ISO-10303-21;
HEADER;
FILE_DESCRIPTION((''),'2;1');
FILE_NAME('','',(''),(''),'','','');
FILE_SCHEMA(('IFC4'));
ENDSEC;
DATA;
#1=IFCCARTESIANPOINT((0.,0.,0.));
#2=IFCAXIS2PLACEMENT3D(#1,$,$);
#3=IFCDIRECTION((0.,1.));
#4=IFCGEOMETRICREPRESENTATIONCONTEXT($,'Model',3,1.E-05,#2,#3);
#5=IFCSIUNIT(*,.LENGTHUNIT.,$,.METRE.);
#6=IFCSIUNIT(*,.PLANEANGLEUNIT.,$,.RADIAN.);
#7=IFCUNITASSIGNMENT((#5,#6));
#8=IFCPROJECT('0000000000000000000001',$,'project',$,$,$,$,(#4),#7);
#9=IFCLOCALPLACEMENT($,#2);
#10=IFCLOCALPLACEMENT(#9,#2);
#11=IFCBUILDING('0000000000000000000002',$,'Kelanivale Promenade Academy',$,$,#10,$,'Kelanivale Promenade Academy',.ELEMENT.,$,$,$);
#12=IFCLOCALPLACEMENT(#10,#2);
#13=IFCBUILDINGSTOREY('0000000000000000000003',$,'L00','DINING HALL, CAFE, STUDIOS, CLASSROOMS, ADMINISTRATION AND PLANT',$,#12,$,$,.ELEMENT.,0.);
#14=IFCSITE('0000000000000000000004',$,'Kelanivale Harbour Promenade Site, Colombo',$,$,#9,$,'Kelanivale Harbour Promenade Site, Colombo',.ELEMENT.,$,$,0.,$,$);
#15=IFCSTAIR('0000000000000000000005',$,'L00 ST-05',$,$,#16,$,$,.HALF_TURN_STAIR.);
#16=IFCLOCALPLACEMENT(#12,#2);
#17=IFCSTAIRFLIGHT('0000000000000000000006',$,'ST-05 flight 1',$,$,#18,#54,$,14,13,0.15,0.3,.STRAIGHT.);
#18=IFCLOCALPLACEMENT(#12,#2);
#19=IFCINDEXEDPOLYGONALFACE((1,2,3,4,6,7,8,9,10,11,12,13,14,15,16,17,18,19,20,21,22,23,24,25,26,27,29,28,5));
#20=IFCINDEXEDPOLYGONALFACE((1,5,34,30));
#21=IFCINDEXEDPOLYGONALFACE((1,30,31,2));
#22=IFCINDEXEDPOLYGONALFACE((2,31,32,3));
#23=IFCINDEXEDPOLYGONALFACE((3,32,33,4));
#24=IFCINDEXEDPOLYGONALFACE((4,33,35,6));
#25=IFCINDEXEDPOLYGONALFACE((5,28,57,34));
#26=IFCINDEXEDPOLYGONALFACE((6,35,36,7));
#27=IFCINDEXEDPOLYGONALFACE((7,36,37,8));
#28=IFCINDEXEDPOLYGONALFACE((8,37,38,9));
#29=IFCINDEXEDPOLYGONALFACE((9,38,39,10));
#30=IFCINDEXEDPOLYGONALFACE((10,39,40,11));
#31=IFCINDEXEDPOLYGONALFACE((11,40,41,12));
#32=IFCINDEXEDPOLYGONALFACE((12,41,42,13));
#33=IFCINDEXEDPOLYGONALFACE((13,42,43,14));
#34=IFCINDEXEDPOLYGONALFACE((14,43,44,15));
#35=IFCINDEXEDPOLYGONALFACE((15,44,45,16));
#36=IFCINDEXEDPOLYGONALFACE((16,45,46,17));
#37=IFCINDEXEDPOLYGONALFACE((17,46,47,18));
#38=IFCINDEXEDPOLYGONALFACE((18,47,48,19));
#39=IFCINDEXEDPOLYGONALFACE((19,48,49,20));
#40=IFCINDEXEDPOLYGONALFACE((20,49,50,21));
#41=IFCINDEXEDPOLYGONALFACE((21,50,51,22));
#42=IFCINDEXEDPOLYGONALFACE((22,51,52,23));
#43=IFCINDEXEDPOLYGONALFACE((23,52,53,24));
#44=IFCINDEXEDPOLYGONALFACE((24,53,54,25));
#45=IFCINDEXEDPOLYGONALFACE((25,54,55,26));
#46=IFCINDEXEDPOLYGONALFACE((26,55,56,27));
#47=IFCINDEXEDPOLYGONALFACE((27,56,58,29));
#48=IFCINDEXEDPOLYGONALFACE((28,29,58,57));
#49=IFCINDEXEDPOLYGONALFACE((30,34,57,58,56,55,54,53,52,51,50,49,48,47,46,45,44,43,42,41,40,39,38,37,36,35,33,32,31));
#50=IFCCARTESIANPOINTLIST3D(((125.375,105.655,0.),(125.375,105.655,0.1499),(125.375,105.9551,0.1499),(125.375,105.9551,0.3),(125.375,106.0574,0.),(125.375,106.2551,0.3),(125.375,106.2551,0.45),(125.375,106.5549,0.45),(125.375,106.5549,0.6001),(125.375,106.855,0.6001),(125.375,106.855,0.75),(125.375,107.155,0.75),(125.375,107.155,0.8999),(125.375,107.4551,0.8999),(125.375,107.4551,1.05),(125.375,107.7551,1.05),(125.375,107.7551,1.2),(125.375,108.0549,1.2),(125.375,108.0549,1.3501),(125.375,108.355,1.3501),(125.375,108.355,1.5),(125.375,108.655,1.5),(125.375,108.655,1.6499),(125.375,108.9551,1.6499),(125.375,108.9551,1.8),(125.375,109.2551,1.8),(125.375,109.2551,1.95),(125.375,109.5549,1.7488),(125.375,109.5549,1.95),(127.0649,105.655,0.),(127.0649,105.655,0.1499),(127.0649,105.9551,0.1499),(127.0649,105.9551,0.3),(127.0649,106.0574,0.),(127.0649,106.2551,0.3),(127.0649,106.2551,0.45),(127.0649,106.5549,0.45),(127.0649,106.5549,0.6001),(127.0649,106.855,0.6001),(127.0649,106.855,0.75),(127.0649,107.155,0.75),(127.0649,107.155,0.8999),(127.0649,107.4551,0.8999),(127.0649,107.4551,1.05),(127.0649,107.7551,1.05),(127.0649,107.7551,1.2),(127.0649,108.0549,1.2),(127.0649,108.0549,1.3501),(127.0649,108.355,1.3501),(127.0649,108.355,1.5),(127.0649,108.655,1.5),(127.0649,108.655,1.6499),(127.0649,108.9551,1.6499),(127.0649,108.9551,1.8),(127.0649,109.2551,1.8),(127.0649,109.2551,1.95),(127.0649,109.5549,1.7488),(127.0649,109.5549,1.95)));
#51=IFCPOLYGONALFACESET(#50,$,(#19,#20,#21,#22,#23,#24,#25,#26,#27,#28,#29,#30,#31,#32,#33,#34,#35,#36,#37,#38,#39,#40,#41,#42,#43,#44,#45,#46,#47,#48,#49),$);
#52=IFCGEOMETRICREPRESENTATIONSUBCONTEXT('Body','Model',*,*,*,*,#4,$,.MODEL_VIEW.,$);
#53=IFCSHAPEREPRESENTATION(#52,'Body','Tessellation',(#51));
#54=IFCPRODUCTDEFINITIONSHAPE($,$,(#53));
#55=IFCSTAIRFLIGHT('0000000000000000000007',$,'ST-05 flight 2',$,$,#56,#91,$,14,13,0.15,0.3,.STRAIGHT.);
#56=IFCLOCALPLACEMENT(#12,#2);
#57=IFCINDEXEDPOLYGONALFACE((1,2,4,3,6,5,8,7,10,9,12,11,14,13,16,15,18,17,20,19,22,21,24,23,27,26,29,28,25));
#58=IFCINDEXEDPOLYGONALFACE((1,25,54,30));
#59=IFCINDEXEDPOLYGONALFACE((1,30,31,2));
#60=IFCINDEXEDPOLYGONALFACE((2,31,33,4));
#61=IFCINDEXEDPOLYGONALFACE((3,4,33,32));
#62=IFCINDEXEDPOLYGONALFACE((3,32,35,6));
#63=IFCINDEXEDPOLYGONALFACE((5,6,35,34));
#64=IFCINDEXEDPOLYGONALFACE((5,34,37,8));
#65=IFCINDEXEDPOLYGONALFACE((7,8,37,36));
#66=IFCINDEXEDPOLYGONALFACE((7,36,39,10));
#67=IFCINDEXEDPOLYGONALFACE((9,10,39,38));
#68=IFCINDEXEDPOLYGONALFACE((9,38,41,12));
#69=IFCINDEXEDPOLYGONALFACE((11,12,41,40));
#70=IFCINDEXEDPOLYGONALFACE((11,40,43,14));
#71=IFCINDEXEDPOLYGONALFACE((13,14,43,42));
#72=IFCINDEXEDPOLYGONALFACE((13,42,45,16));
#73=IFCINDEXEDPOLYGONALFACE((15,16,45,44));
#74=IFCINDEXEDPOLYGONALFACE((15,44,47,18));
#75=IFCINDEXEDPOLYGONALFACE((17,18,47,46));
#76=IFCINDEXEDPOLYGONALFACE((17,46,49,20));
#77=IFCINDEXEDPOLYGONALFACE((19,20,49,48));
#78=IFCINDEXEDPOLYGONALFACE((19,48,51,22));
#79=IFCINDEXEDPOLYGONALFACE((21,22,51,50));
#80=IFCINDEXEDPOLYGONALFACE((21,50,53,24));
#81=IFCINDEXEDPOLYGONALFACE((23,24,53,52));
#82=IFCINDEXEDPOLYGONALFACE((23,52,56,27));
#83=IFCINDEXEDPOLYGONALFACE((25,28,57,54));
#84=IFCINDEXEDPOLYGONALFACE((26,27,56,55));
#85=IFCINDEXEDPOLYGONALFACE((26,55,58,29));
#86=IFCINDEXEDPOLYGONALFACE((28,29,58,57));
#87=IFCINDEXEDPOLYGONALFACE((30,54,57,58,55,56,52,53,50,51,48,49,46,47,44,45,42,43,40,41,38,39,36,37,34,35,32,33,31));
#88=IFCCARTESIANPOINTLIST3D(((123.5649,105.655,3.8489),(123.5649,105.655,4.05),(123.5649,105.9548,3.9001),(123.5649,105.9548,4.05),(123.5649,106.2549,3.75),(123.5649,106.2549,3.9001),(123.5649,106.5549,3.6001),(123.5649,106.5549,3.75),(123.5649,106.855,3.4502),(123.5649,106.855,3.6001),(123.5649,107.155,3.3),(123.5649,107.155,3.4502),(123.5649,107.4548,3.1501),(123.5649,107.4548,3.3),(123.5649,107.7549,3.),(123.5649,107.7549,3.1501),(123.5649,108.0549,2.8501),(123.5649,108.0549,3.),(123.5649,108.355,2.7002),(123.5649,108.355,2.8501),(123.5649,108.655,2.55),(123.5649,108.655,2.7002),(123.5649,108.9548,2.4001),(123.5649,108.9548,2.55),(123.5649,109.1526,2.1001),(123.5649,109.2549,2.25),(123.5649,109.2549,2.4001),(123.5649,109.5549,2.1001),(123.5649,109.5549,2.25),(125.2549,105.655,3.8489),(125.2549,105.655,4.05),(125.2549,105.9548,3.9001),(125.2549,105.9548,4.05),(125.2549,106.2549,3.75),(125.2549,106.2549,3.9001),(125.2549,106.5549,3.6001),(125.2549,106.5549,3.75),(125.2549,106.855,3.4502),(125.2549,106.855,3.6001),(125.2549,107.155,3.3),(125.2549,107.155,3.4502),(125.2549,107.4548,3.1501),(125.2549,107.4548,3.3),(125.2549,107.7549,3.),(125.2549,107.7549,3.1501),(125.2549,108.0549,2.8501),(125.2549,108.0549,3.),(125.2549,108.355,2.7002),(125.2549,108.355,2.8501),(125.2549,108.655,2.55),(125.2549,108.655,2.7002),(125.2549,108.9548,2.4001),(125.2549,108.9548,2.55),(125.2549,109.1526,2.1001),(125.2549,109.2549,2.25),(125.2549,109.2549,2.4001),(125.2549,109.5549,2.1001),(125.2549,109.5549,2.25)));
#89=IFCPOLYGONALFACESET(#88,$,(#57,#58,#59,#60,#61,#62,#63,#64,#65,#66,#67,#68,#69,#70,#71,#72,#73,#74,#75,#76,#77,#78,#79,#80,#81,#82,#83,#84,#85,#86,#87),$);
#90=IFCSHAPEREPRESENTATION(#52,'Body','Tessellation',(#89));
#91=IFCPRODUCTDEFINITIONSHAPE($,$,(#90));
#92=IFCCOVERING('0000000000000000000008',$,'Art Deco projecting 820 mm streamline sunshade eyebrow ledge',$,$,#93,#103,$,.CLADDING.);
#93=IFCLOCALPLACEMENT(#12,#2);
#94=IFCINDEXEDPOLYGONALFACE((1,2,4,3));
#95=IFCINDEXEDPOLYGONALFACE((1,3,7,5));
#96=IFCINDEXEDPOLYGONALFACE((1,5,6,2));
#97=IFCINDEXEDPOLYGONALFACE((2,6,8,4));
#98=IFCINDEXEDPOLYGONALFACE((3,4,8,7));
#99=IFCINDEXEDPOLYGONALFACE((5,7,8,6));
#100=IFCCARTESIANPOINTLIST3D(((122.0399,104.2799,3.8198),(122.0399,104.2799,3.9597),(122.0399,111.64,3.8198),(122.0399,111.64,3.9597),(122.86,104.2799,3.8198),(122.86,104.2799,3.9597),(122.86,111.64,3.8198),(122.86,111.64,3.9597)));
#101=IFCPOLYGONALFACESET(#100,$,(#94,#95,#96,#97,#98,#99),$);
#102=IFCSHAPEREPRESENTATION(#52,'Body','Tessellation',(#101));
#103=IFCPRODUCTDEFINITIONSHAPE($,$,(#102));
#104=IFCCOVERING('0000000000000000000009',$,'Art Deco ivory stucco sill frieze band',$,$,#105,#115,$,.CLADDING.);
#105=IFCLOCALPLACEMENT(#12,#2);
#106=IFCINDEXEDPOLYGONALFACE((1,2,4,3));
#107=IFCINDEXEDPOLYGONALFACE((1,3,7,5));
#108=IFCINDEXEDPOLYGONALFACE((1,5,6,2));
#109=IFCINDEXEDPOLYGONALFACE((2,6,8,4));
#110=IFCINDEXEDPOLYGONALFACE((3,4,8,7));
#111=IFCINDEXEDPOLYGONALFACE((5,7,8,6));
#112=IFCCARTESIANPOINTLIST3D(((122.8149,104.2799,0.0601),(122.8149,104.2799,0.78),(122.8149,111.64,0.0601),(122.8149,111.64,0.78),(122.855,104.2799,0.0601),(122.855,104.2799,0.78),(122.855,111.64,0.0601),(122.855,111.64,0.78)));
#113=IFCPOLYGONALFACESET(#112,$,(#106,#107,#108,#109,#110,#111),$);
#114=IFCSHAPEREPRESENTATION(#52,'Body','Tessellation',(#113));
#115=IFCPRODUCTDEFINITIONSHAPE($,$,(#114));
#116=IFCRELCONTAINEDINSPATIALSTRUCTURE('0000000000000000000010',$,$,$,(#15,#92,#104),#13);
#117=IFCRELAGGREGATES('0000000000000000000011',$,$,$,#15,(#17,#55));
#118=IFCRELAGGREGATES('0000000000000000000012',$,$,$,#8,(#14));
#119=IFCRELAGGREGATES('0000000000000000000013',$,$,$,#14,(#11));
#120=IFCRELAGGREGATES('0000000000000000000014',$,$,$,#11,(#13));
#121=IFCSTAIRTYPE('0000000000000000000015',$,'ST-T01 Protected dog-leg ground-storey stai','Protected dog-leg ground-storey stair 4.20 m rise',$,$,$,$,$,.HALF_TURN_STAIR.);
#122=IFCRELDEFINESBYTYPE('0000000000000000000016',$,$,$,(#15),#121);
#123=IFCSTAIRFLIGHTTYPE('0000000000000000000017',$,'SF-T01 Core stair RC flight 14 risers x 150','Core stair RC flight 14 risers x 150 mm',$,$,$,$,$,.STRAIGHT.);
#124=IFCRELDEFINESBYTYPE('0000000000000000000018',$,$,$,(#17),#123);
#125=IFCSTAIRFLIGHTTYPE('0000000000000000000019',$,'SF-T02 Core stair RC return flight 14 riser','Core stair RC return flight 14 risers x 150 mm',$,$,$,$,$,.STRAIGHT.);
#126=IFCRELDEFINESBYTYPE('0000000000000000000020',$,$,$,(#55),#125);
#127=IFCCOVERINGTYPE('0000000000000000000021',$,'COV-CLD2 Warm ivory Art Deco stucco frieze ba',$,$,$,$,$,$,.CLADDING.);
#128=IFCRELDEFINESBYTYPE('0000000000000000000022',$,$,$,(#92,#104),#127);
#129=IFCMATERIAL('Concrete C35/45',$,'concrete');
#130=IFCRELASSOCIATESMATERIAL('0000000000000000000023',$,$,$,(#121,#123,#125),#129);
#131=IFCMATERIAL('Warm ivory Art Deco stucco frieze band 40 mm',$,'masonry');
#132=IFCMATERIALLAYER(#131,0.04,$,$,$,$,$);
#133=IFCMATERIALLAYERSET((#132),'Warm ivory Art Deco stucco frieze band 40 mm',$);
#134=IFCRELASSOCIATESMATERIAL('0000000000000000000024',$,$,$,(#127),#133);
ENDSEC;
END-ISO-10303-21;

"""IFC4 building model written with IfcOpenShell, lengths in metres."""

from ifc_helpers import new_model, si_unit, direction, frame, origin, origin_2d, place, context, subcontext, project, spatial, polyline, rectangle, outline, extrude, material, layer, layer_set, type_object, element, aggregate, save


model = new_model("IFC4")

# Units and contexts
model_context = context("Model", 3, precision=1e-05, world=origin(), true_north=direction((0.0, 1.0)))
body_context = subcontext(model_context, "Body", "Model", "MODEL_VIEW")
ifc_project = project(units=[si_unit("LENGTHUNIT", "METRE"), si_unit("PLANEANGLEUNIT", "RADIAN")], contexts=[model_context])

# Site, building, storey
site_placement = place(None, origin())
site = spatial("IfcSite", under=ifc_project, at=site_placement, Name="Kelanivale Harbour Promenade Site, Colombo", LongName="Kelanivale Harbour Promenade Site, Colombo", CompositionType="ELEMENT", RefElevation=0.0)
building_placement = place(site_placement, origin())
building = spatial("IfcBuilding", under=site, at=building_placement, Name="Kelanivale Promenade Academy", LongName="Kelanivale Promenade Academy", CompositionType="ELEMENT")
storey_placement = place(building_placement, origin())
storey = spatial("IfcBuildingStorey", under=building, at=storey_placement, Name="L00", Description="DINING HALL, CAFE, STUDIOS, CLASSROOMS, ADMINISTRATION AND PLANT", CompositionType="ELEMENT", Elevation=0.0)

# Shared definitions
ifc_material_1 = material(Name="Concrete C35/45", Category="concrete")

# Stair, stair flights
stair_type = type_object("IfcStairType", Name="ST-T01 Protected dog-leg ground-storey stai", Description="Protected dog-leg ground-storey stair 4.20 m rise", PredefinedType="HALF_TURN_STAIR", material=ifc_material_1)
stair_placement = place(storey_placement, origin())
stair = element("IfcStair", 1, at=stair_placement, inside=storey, type_object=stair_type, Name="L00 ST-05", PredefinedType="HALF_TURN_STAIR")
stair_flight_type_1 = type_object("IfcStairFlightType", Name="SF-T01 Core stair RC flight 14 risers x 150", Description="Core stair RC flight 14 risers x 150 mm", PredefinedType="STRAIGHT", material=ifc_material_1)
stair_flight_1_placement = place(storey_placement, frame((126.22, 105.655, 0.0), z_axis=(0.0, 0.0, 1.0), x_axis=(0.0, 1.0, 0.0)))
stair_flight_1 = element("IfcStairFlight", 2, at=stair_flight_1_placement, type_object=stair_flight_type_1, Name="ST-05 flight 1", NumberOfRisers=14, NumberOfTreads=13, PredefinedType="STRAIGHT", RiserHeight=0.15, TreadLength=0.3, context=body_context, shape_type="SweptSolid", body=[
    extrude(outline(polyline([(0.0, 0.0), (0.0, 0.1499), (0.3, 0.1499), (0.3, 0.3), (0.6001, 0.3), (0.6001, 0.45), (0.8999, 0.45), (0.8999, 0.6001), (1.2, 0.6001), (1.2, 0.75), (1.5, 0.75), (1.5, 0.8999), (1.8, 0.8999), (1.8, 1.05), (2.1001, 1.05), (2.1001, 1.2), (2.3999, 1.2), (2.3999, 1.3501), (2.7, 1.3501), (2.7, 1.5), (3.0, 1.5), (3.0, 1.6499), (3.3, 1.6499), (3.3, 1.8), (3.6001, 1.8), (3.6001, 1.95), (3.8999, 1.95), (3.8999, 2.1001), (3.8999, 1.7488), (0.4023, 0.0), (0.0, 0.0)])), frame((0.0, 0.845, 0.0), z_axis=(0.0, -1.0, 0.0), x_axis=(1.0, 0.0, 0.0)), (0.0, 0.0, 1.0), 1.6899),
])
stair_flight_type_2 = type_object("IfcStairFlightType", Name="SF-T02 Core stair RC return flight 14 riser", Description="Core stair RC return flight 14 risers x 150 mm", PredefinedType="STRAIGHT", material=ifc_material_1)
stair_flight_2_placement = place(storey_placement, frame((124.4099, 109.5549, 2.1001), z_axis=(0.0, 0.0, 1.0), x_axis=(0.0, -1.0, 0.0)))
stair_flight_2 = element("IfcStairFlight", 3, at=stair_flight_2_placement, type_object=stair_flight_type_2, Name="ST-05 flight 2", NumberOfRisers=14, NumberOfTreads=13, PredefinedType="STRAIGHT", RiserHeight=0.15, TreadLength=0.3, context=body_context, shape_type="SweptSolid", body=[
    extrude(outline(polyline([(0.0, 0.0), (0.0, 0.1499), (0.3, 0.1499), (0.3, 0.3), (0.6001, 0.3), (0.6001, 0.45), (0.8999, 0.45), (0.8999, 0.6001), (1.2, 0.6001), (1.2, 0.75), (1.5, 0.75), (1.5, 0.8999), (1.8, 0.8999), (1.8, 1.05), (2.1001, 1.05), (2.1001, 1.2), (2.3999, 1.2), (2.3999, 1.3501), (2.7, 1.3501), (2.7, 1.5), (3.0, 1.5), (3.0, 1.6499), (3.3, 1.6499), (3.3, 1.8), (3.6001, 1.8), (3.6001, 1.95), (3.8999, 1.95), (3.8999, 2.1001), (3.8999, 1.7488), (0.4023, 0.0), (0.0, 0.0)])), frame((0.0, 0.845, 0.0), z_axis=(0.0, -1.0, 0.0), x_axis=(1.0, 0.0, 0.0)), (0.0, 0.0, 1.0), 1.6899),
])
aggregate(stair, [stair_flight_1, stair_flight_2])

# Coverings
ifc_material_2 = material(Name="Warm ivory Art Deco stucco frieze band 40 mm", Category="masonry")
ifc_layer_1 = layer(ifc_material_2, 0.04)
ifc_layer_set_1 = layer_set([ifc_layer_1], Name="Warm ivory Art Deco stucco frieze band 40 mm")
covering_type = type_object("IfcCoveringType", Name="COV-CLD2 Warm ivory Art Deco stucco frieze ba", PredefinedType="CLADDING", material=ifc_layer_set_1)
covering_1_placement = place(storey_placement, frame((122.45, 107.96, 3.8198), z_axis=(0.0, 0.0, 1.0), x_axis=(0.0, -1.0, 0.0)))
element("IfcCovering", 4, at=covering_1_placement, inside=storey, type_object=covering_type, Name="Art Deco projecting 820 mm streamline sunshade eyebrow ledge", PredefinedType="CLADDING", context=body_context, shape_type="SweptSolid", body=[
    extrude(rectangle(XDim=7.3601, YDim=0.8201, at=origin_2d()), origin(), (0.0, 0.0, 1.0), 0.1399),
])
covering_2_placement = place(storey_placement, frame((122.835, 107.96, 0.0601), z_axis=(0.0, 0.0, 1.0), x_axis=(0.0, -1.0, 0.0)))
element("IfcCovering", 5, at=covering_2_placement, inside=storey, type_object=covering_type, Name="Art Deco ivory stucco sill frieze band", PredefinedType="CLADDING", context=body_context, shape_type="SweptSolid", body=[
    extrude(rectangle(XDim=7.3601, YDim=0.04, at=origin_2d()), origin(), (0.0, 0.0, 1.0), 0.72),
])

save(model, "model.ifc")
